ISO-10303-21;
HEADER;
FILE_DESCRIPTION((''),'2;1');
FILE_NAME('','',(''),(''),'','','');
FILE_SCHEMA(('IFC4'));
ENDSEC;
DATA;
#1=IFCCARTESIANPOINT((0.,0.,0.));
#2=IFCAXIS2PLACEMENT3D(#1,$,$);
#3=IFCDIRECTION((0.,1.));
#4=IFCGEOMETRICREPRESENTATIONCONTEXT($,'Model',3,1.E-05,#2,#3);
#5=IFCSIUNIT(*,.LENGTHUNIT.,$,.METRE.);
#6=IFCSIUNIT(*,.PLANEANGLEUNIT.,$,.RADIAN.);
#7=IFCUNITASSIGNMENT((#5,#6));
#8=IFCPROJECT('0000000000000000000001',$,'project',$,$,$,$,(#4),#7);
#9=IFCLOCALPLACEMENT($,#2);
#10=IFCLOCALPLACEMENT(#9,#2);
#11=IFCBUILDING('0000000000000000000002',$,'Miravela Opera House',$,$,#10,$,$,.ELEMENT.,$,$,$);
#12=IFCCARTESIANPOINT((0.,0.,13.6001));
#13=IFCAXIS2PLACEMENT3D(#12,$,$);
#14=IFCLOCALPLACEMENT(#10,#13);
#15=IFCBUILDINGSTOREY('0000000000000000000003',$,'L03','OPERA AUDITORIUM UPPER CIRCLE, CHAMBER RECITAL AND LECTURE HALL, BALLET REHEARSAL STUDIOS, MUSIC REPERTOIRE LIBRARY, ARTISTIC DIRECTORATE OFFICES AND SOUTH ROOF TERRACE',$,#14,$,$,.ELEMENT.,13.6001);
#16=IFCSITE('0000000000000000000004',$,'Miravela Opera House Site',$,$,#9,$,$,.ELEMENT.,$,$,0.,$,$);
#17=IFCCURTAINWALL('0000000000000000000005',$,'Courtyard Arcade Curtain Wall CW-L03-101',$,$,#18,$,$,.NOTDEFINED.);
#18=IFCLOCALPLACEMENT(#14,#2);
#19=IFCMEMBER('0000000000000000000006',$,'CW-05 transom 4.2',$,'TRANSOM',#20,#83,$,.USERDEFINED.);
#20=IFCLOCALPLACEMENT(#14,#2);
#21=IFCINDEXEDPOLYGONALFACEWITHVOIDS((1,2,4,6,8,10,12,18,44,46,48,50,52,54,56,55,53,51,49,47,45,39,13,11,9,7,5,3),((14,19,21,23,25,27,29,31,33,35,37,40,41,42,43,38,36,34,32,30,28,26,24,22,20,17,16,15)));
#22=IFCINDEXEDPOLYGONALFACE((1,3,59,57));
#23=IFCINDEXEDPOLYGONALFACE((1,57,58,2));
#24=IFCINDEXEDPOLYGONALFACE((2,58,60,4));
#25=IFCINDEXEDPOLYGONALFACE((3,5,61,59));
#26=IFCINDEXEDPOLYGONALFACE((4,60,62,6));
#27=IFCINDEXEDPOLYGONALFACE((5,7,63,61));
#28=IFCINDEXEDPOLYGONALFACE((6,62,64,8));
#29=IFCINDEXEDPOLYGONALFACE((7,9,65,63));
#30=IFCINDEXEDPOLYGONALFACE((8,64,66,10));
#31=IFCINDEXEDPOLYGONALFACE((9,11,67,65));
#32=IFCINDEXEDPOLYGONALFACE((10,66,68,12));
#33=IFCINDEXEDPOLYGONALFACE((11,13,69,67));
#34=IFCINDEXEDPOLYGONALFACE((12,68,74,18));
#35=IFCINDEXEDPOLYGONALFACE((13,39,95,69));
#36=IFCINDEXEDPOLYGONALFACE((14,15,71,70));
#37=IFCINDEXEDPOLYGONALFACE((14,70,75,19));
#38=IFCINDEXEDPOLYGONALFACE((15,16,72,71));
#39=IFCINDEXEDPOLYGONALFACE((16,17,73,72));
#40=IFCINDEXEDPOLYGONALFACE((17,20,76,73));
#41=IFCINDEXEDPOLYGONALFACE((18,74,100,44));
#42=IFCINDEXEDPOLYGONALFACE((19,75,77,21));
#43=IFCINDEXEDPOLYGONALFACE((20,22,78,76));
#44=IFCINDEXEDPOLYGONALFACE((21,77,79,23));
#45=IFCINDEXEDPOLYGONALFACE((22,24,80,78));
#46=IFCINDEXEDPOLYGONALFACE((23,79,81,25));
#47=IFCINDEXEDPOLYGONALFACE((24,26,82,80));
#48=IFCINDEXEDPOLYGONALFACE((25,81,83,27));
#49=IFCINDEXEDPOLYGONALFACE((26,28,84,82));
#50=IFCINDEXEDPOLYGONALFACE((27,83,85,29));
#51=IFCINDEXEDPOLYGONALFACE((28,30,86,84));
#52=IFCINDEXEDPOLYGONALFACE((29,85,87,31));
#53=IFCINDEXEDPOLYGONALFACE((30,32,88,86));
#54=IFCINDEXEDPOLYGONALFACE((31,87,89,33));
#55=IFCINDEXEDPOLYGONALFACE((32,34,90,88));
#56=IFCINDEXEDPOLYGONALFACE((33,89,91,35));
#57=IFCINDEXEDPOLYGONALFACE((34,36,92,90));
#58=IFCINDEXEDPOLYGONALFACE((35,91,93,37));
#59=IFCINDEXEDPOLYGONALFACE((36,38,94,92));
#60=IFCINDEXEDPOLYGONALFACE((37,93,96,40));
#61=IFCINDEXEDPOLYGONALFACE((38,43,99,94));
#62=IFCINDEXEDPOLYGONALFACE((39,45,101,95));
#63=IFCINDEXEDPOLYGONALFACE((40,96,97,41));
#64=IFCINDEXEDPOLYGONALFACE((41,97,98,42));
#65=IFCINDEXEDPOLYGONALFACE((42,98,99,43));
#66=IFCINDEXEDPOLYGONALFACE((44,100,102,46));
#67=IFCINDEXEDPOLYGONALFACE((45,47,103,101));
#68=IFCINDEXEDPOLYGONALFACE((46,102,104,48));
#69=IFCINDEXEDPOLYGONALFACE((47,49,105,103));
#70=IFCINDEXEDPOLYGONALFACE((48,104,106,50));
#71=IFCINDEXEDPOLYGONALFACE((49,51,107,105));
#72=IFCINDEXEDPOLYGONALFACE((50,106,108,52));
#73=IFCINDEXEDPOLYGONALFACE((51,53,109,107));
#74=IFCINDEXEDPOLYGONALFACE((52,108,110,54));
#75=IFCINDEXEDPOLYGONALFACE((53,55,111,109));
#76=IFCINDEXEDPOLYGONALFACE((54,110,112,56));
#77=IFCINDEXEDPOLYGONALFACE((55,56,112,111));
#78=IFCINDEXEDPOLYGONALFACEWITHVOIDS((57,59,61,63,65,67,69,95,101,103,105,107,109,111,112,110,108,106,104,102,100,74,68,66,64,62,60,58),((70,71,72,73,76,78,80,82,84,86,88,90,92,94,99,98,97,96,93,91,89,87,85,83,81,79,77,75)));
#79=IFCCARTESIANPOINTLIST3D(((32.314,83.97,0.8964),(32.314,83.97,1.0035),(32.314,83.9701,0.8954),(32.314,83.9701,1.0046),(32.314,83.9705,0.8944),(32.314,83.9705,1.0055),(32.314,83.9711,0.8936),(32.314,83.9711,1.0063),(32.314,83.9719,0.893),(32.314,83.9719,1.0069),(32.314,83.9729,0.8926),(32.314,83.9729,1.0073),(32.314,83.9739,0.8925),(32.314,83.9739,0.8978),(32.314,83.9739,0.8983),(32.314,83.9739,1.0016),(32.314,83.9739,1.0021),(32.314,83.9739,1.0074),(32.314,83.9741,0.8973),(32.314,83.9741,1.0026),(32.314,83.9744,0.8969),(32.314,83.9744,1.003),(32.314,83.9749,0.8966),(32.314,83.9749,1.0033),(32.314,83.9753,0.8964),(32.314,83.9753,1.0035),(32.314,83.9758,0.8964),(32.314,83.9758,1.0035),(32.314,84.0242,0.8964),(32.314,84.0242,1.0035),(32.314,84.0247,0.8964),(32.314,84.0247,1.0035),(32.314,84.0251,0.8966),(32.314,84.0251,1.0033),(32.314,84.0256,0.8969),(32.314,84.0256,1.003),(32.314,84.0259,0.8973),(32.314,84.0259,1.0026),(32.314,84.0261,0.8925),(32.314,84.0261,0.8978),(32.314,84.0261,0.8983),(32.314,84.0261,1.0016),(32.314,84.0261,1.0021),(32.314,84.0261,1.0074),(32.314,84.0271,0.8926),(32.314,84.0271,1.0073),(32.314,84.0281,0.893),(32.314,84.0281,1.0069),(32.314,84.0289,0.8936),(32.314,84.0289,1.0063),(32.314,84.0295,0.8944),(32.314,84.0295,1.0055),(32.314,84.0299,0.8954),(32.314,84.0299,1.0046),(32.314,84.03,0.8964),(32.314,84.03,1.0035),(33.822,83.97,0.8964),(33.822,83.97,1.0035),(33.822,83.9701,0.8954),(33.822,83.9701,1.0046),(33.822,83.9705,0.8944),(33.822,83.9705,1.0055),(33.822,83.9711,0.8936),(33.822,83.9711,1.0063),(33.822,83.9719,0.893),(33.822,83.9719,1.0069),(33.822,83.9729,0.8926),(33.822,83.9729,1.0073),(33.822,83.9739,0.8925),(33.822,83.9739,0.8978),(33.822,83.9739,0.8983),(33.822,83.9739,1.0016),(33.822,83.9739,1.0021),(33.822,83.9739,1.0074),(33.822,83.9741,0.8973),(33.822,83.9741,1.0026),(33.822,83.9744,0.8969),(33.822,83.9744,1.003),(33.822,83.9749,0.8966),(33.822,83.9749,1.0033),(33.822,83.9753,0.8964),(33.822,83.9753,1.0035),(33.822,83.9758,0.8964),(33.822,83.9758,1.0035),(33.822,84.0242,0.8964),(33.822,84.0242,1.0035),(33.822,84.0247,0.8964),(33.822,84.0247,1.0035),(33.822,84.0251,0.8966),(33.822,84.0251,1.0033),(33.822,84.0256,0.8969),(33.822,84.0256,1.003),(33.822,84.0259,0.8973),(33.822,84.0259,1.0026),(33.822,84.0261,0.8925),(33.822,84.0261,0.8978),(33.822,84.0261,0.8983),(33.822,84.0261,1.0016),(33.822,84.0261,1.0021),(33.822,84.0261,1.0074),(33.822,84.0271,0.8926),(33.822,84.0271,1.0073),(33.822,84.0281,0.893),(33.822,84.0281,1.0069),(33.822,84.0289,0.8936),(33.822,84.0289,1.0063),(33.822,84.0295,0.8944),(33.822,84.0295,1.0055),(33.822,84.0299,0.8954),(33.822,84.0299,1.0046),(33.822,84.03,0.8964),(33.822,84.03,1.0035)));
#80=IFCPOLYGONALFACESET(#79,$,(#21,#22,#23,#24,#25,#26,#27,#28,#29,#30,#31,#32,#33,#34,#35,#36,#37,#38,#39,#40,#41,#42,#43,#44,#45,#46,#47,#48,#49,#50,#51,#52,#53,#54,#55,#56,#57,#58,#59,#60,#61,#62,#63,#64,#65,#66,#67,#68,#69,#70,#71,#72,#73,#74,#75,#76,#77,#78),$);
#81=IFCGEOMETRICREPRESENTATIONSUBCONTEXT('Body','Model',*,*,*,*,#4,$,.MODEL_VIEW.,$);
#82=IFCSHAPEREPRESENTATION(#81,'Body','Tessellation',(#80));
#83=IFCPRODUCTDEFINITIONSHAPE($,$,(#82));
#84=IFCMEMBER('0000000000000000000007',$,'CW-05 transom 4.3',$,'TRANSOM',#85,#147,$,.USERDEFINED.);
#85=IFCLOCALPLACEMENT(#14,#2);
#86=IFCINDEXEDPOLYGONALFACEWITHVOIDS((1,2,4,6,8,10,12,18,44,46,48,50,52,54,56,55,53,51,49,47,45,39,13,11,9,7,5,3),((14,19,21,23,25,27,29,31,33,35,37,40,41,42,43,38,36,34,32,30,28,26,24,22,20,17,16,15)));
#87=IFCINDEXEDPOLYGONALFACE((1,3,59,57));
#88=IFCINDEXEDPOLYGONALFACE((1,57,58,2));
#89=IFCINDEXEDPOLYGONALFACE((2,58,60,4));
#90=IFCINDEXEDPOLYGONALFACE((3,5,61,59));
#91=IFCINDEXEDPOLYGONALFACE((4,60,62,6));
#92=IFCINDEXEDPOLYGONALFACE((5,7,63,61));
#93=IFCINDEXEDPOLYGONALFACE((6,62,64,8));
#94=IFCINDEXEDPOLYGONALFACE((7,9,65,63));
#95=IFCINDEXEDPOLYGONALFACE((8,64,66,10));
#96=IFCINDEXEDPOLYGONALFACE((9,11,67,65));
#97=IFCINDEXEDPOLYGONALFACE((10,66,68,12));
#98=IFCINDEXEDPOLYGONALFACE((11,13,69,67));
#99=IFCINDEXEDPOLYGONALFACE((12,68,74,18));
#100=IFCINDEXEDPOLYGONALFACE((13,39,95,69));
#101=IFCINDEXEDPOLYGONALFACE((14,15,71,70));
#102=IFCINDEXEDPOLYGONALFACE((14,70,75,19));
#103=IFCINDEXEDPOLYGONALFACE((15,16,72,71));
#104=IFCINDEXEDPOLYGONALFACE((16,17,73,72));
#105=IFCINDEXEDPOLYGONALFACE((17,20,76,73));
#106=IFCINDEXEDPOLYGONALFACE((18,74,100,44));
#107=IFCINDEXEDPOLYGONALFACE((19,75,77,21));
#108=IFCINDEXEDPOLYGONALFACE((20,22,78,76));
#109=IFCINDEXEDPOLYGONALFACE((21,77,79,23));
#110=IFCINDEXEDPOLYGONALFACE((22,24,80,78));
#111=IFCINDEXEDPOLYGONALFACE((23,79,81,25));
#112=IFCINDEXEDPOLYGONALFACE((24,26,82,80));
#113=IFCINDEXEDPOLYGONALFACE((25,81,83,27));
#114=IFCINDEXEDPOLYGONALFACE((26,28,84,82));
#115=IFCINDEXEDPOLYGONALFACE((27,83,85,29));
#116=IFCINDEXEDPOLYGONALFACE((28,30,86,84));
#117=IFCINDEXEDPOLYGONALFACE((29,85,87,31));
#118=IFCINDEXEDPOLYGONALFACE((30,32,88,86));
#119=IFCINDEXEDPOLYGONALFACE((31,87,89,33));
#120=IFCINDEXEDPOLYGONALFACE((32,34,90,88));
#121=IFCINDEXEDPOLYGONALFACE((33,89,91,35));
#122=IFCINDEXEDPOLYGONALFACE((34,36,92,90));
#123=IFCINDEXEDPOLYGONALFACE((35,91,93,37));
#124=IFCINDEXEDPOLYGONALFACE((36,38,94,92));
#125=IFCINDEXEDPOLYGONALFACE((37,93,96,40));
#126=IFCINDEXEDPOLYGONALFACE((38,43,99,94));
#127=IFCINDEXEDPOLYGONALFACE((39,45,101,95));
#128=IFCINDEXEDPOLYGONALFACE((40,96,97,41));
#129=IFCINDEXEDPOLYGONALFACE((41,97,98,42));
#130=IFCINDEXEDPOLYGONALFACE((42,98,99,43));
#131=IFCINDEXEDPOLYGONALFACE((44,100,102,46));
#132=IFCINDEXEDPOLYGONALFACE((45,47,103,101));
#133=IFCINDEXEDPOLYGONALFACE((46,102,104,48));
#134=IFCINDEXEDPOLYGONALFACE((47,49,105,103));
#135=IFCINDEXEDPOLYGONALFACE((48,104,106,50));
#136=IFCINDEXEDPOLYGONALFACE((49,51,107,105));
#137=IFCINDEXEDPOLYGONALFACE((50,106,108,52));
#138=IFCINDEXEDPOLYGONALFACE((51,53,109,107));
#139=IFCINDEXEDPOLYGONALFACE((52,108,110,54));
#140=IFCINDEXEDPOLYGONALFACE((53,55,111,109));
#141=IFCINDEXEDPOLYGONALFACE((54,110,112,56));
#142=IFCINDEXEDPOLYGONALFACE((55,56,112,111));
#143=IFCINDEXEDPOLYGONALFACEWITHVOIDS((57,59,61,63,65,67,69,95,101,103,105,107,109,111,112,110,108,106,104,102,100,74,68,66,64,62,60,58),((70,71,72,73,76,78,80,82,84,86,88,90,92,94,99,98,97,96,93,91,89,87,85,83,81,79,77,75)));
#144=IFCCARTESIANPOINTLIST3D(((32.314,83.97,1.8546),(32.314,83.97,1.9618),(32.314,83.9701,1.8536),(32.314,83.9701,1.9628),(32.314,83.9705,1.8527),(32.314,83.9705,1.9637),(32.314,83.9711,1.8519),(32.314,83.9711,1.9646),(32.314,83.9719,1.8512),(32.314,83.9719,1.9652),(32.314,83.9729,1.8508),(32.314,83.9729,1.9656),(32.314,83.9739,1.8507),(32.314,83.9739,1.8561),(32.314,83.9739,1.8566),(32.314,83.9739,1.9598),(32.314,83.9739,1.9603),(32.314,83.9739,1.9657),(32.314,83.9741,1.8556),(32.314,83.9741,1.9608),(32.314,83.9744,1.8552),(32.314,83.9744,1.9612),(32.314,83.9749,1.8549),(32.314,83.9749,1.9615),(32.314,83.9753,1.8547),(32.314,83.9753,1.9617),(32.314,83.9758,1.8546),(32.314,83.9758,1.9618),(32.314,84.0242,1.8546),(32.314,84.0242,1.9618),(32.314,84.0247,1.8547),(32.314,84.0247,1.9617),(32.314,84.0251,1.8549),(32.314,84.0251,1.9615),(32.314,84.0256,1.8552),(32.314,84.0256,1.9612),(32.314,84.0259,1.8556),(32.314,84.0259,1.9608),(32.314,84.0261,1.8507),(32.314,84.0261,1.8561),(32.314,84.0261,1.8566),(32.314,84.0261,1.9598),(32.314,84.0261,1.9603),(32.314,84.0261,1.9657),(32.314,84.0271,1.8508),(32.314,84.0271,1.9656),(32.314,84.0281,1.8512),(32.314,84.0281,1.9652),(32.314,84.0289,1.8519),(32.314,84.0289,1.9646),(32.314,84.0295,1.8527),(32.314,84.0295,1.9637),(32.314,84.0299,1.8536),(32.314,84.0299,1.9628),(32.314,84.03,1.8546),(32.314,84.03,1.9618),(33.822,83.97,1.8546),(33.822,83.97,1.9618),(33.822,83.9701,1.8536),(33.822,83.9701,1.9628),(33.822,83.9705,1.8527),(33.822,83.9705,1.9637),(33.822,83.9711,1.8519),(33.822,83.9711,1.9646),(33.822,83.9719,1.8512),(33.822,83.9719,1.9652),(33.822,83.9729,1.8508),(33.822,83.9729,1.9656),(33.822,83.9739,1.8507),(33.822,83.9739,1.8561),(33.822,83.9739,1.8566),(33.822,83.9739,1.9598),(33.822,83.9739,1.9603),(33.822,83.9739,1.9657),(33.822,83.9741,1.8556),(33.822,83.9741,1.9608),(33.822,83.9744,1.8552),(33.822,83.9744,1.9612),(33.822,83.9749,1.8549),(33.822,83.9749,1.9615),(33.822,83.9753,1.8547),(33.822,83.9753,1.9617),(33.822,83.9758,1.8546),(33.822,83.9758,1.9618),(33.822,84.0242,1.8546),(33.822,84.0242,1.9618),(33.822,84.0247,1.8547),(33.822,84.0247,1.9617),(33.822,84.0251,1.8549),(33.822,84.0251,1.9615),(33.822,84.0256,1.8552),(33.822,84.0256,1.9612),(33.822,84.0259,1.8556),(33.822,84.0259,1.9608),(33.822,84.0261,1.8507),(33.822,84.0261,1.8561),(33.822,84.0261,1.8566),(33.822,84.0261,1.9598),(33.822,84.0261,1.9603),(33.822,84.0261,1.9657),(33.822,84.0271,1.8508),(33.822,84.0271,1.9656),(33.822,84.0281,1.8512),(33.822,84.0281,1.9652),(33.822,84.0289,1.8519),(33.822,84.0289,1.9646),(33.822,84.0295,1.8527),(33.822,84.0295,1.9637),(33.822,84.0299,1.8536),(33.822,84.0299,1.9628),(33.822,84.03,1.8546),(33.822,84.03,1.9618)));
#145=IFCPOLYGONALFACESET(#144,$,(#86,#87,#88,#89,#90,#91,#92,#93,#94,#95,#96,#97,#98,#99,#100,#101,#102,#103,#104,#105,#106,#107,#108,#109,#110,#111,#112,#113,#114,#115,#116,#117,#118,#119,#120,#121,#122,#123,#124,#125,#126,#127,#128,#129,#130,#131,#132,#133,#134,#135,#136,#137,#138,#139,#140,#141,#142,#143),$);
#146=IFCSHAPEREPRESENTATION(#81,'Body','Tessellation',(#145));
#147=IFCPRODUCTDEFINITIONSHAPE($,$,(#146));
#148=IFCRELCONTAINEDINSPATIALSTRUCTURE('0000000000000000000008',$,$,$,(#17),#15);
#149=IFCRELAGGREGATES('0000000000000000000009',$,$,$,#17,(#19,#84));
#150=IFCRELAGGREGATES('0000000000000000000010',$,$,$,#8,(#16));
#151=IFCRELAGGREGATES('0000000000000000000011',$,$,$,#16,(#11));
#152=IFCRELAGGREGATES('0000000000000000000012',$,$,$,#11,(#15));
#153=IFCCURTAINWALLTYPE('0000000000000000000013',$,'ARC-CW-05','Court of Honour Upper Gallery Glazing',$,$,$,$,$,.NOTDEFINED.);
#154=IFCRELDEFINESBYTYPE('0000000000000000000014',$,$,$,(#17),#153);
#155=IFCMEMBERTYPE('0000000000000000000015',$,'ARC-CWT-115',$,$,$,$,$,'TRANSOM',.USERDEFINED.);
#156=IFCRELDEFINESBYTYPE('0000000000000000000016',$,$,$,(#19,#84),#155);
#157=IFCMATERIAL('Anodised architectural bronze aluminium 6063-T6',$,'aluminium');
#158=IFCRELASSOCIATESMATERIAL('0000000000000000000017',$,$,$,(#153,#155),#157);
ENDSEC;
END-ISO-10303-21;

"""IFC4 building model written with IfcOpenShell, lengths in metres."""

from ifc_helpers import new_model, si_unit, direction, frame, origin, origin_2d, place, context, subcontext, project, spatial, hollow_rectangle, extrude, material, material_profile, profile_set, type_object, element, aggregate, save


model = new_model("IFC4")

# Units and contexts
model_context = context("Model", 3, precision=1e-05, world=origin(), true_north=direction((0.0, 1.0)))
body_context = subcontext(model_context, "Body", "Model", "MODEL_VIEW")
ifc_project = project(units=[si_unit("LENGTHUNIT", "METRE"), si_unit("PLANEANGLEUNIT", "RADIAN")], contexts=[model_context])

# Site, building, storey
site_placement = place(None, origin())
site = spatial("IfcSite", under=ifc_project, at=site_placement, Name="Miravela Opera House Site", CompositionType="ELEMENT", RefElevation=0.0)
building_placement = place(site_placement, origin())
building = spatial("IfcBuilding", under=site, at=building_placement, Name="Miravela Opera House", CompositionType="ELEMENT")
storey_placement = place(building_placement, frame((0.0, 0.0, 13.6001)))
storey = spatial("IfcBuildingStorey", under=building, at=storey_placement, Name="L03", Description="OPERA AUDITORIUM UPPER CIRCLE, CHAMBER RECITAL AND LECTURE HALL, BALLET REHEARSAL STUDIOS, MUSIC REPERTOIRE LIBRARY, ARTISTIC DIRECTORATE OFFICES AND SOUTH ROOF TERRACE", CompositionType="ELEMENT", Elevation=13.6001)

# Curtain wall
ifc_material_1 = material(Name="Anodised architectural bronze aluminium 6063-T6", Category="aluminium")
curtain_wall_type = type_object("IfcCurtainWallType", Name="ARC-CW-05", Description="Court of Honour Upper Gallery Glazing", PredefinedType="NOTDEFINED", material=ifc_material_1)
curtain_wall_1_placement = place(storey_placement, origin())
curtain_wall_1 = element("IfcCurtainWall", 1, at=curtain_wall_1_placement, inside=storey, type_object=curtain_wall_type, Name="Courtyard Arcade Curtain Wall CW-L03-101", PredefinedType="NOTDEFINED")

# Members
ifc_material_profile_1 = material_profile(ifc_material_1, hollow_rectangle(XDim=0.0601, YDim=0.115, WallThickness=0.0039, InnerFilletRadius=0.002, OuterFilletRadius=0.0039, at=origin_2d()), Name="CWT-60X115")
ifc_profile_set_1 = profile_set([ifc_material_profile_1])
member_type_1 = type_object("IfcMemberType", Name="ARC-CWT-115", ElementType="TRANSOM", PredefinedType="USERDEFINED", material=ifc_profile_set_1)
member_1_placement = place(storey_placement, frame((32.314, 84.0, 0.95), z_axis=(1.0, 0.0, 0.0), x_axis=(0.0, 1.0, 0.0)))
member_1 = element("IfcMember", 2, at=member_1_placement, type_object=member_type_1, Name="CW-05 transom 4.2", ObjectType="TRANSOM", PredefinedType="USERDEFINED", context=body_context, shape_type="SweptSolid", body=[
    extrude(hollow_rectangle(XDim=0.0601, YDim=0.115, WallThickness=0.0039, InnerFilletRadius=0.002, OuterFilletRadius=0.0039, at=origin_2d()), origin(), (0.0, 0.0, 1.0), 1.5081),
])
member_2_placement = place(storey_placement, frame((32.314, 84.0, 1.9082), z_axis=(1.0, 0.0, 0.0), x_axis=(0.0, 1.0, 0.0)))
member_2 = element("IfcMember", 3, at=member_2_placement, type_object=member_type_1, Name="CW-05 transom 4.3", ObjectType="TRANSOM", PredefinedType="USERDEFINED", context=body_context, shape_type="SweptSolid", body=[
    extrude(hollow_rectangle(XDim=0.0601, YDim=0.115, WallThickness=0.0039, InnerFilletRadius=0.002, OuterFilletRadius=0.0039, at=origin_2d()), origin(), (0.0, 0.0, 1.0), 1.5081),
])

aggregate(curtain_wall_1, [member_1, member_2])

save(model, "model.ifc")
